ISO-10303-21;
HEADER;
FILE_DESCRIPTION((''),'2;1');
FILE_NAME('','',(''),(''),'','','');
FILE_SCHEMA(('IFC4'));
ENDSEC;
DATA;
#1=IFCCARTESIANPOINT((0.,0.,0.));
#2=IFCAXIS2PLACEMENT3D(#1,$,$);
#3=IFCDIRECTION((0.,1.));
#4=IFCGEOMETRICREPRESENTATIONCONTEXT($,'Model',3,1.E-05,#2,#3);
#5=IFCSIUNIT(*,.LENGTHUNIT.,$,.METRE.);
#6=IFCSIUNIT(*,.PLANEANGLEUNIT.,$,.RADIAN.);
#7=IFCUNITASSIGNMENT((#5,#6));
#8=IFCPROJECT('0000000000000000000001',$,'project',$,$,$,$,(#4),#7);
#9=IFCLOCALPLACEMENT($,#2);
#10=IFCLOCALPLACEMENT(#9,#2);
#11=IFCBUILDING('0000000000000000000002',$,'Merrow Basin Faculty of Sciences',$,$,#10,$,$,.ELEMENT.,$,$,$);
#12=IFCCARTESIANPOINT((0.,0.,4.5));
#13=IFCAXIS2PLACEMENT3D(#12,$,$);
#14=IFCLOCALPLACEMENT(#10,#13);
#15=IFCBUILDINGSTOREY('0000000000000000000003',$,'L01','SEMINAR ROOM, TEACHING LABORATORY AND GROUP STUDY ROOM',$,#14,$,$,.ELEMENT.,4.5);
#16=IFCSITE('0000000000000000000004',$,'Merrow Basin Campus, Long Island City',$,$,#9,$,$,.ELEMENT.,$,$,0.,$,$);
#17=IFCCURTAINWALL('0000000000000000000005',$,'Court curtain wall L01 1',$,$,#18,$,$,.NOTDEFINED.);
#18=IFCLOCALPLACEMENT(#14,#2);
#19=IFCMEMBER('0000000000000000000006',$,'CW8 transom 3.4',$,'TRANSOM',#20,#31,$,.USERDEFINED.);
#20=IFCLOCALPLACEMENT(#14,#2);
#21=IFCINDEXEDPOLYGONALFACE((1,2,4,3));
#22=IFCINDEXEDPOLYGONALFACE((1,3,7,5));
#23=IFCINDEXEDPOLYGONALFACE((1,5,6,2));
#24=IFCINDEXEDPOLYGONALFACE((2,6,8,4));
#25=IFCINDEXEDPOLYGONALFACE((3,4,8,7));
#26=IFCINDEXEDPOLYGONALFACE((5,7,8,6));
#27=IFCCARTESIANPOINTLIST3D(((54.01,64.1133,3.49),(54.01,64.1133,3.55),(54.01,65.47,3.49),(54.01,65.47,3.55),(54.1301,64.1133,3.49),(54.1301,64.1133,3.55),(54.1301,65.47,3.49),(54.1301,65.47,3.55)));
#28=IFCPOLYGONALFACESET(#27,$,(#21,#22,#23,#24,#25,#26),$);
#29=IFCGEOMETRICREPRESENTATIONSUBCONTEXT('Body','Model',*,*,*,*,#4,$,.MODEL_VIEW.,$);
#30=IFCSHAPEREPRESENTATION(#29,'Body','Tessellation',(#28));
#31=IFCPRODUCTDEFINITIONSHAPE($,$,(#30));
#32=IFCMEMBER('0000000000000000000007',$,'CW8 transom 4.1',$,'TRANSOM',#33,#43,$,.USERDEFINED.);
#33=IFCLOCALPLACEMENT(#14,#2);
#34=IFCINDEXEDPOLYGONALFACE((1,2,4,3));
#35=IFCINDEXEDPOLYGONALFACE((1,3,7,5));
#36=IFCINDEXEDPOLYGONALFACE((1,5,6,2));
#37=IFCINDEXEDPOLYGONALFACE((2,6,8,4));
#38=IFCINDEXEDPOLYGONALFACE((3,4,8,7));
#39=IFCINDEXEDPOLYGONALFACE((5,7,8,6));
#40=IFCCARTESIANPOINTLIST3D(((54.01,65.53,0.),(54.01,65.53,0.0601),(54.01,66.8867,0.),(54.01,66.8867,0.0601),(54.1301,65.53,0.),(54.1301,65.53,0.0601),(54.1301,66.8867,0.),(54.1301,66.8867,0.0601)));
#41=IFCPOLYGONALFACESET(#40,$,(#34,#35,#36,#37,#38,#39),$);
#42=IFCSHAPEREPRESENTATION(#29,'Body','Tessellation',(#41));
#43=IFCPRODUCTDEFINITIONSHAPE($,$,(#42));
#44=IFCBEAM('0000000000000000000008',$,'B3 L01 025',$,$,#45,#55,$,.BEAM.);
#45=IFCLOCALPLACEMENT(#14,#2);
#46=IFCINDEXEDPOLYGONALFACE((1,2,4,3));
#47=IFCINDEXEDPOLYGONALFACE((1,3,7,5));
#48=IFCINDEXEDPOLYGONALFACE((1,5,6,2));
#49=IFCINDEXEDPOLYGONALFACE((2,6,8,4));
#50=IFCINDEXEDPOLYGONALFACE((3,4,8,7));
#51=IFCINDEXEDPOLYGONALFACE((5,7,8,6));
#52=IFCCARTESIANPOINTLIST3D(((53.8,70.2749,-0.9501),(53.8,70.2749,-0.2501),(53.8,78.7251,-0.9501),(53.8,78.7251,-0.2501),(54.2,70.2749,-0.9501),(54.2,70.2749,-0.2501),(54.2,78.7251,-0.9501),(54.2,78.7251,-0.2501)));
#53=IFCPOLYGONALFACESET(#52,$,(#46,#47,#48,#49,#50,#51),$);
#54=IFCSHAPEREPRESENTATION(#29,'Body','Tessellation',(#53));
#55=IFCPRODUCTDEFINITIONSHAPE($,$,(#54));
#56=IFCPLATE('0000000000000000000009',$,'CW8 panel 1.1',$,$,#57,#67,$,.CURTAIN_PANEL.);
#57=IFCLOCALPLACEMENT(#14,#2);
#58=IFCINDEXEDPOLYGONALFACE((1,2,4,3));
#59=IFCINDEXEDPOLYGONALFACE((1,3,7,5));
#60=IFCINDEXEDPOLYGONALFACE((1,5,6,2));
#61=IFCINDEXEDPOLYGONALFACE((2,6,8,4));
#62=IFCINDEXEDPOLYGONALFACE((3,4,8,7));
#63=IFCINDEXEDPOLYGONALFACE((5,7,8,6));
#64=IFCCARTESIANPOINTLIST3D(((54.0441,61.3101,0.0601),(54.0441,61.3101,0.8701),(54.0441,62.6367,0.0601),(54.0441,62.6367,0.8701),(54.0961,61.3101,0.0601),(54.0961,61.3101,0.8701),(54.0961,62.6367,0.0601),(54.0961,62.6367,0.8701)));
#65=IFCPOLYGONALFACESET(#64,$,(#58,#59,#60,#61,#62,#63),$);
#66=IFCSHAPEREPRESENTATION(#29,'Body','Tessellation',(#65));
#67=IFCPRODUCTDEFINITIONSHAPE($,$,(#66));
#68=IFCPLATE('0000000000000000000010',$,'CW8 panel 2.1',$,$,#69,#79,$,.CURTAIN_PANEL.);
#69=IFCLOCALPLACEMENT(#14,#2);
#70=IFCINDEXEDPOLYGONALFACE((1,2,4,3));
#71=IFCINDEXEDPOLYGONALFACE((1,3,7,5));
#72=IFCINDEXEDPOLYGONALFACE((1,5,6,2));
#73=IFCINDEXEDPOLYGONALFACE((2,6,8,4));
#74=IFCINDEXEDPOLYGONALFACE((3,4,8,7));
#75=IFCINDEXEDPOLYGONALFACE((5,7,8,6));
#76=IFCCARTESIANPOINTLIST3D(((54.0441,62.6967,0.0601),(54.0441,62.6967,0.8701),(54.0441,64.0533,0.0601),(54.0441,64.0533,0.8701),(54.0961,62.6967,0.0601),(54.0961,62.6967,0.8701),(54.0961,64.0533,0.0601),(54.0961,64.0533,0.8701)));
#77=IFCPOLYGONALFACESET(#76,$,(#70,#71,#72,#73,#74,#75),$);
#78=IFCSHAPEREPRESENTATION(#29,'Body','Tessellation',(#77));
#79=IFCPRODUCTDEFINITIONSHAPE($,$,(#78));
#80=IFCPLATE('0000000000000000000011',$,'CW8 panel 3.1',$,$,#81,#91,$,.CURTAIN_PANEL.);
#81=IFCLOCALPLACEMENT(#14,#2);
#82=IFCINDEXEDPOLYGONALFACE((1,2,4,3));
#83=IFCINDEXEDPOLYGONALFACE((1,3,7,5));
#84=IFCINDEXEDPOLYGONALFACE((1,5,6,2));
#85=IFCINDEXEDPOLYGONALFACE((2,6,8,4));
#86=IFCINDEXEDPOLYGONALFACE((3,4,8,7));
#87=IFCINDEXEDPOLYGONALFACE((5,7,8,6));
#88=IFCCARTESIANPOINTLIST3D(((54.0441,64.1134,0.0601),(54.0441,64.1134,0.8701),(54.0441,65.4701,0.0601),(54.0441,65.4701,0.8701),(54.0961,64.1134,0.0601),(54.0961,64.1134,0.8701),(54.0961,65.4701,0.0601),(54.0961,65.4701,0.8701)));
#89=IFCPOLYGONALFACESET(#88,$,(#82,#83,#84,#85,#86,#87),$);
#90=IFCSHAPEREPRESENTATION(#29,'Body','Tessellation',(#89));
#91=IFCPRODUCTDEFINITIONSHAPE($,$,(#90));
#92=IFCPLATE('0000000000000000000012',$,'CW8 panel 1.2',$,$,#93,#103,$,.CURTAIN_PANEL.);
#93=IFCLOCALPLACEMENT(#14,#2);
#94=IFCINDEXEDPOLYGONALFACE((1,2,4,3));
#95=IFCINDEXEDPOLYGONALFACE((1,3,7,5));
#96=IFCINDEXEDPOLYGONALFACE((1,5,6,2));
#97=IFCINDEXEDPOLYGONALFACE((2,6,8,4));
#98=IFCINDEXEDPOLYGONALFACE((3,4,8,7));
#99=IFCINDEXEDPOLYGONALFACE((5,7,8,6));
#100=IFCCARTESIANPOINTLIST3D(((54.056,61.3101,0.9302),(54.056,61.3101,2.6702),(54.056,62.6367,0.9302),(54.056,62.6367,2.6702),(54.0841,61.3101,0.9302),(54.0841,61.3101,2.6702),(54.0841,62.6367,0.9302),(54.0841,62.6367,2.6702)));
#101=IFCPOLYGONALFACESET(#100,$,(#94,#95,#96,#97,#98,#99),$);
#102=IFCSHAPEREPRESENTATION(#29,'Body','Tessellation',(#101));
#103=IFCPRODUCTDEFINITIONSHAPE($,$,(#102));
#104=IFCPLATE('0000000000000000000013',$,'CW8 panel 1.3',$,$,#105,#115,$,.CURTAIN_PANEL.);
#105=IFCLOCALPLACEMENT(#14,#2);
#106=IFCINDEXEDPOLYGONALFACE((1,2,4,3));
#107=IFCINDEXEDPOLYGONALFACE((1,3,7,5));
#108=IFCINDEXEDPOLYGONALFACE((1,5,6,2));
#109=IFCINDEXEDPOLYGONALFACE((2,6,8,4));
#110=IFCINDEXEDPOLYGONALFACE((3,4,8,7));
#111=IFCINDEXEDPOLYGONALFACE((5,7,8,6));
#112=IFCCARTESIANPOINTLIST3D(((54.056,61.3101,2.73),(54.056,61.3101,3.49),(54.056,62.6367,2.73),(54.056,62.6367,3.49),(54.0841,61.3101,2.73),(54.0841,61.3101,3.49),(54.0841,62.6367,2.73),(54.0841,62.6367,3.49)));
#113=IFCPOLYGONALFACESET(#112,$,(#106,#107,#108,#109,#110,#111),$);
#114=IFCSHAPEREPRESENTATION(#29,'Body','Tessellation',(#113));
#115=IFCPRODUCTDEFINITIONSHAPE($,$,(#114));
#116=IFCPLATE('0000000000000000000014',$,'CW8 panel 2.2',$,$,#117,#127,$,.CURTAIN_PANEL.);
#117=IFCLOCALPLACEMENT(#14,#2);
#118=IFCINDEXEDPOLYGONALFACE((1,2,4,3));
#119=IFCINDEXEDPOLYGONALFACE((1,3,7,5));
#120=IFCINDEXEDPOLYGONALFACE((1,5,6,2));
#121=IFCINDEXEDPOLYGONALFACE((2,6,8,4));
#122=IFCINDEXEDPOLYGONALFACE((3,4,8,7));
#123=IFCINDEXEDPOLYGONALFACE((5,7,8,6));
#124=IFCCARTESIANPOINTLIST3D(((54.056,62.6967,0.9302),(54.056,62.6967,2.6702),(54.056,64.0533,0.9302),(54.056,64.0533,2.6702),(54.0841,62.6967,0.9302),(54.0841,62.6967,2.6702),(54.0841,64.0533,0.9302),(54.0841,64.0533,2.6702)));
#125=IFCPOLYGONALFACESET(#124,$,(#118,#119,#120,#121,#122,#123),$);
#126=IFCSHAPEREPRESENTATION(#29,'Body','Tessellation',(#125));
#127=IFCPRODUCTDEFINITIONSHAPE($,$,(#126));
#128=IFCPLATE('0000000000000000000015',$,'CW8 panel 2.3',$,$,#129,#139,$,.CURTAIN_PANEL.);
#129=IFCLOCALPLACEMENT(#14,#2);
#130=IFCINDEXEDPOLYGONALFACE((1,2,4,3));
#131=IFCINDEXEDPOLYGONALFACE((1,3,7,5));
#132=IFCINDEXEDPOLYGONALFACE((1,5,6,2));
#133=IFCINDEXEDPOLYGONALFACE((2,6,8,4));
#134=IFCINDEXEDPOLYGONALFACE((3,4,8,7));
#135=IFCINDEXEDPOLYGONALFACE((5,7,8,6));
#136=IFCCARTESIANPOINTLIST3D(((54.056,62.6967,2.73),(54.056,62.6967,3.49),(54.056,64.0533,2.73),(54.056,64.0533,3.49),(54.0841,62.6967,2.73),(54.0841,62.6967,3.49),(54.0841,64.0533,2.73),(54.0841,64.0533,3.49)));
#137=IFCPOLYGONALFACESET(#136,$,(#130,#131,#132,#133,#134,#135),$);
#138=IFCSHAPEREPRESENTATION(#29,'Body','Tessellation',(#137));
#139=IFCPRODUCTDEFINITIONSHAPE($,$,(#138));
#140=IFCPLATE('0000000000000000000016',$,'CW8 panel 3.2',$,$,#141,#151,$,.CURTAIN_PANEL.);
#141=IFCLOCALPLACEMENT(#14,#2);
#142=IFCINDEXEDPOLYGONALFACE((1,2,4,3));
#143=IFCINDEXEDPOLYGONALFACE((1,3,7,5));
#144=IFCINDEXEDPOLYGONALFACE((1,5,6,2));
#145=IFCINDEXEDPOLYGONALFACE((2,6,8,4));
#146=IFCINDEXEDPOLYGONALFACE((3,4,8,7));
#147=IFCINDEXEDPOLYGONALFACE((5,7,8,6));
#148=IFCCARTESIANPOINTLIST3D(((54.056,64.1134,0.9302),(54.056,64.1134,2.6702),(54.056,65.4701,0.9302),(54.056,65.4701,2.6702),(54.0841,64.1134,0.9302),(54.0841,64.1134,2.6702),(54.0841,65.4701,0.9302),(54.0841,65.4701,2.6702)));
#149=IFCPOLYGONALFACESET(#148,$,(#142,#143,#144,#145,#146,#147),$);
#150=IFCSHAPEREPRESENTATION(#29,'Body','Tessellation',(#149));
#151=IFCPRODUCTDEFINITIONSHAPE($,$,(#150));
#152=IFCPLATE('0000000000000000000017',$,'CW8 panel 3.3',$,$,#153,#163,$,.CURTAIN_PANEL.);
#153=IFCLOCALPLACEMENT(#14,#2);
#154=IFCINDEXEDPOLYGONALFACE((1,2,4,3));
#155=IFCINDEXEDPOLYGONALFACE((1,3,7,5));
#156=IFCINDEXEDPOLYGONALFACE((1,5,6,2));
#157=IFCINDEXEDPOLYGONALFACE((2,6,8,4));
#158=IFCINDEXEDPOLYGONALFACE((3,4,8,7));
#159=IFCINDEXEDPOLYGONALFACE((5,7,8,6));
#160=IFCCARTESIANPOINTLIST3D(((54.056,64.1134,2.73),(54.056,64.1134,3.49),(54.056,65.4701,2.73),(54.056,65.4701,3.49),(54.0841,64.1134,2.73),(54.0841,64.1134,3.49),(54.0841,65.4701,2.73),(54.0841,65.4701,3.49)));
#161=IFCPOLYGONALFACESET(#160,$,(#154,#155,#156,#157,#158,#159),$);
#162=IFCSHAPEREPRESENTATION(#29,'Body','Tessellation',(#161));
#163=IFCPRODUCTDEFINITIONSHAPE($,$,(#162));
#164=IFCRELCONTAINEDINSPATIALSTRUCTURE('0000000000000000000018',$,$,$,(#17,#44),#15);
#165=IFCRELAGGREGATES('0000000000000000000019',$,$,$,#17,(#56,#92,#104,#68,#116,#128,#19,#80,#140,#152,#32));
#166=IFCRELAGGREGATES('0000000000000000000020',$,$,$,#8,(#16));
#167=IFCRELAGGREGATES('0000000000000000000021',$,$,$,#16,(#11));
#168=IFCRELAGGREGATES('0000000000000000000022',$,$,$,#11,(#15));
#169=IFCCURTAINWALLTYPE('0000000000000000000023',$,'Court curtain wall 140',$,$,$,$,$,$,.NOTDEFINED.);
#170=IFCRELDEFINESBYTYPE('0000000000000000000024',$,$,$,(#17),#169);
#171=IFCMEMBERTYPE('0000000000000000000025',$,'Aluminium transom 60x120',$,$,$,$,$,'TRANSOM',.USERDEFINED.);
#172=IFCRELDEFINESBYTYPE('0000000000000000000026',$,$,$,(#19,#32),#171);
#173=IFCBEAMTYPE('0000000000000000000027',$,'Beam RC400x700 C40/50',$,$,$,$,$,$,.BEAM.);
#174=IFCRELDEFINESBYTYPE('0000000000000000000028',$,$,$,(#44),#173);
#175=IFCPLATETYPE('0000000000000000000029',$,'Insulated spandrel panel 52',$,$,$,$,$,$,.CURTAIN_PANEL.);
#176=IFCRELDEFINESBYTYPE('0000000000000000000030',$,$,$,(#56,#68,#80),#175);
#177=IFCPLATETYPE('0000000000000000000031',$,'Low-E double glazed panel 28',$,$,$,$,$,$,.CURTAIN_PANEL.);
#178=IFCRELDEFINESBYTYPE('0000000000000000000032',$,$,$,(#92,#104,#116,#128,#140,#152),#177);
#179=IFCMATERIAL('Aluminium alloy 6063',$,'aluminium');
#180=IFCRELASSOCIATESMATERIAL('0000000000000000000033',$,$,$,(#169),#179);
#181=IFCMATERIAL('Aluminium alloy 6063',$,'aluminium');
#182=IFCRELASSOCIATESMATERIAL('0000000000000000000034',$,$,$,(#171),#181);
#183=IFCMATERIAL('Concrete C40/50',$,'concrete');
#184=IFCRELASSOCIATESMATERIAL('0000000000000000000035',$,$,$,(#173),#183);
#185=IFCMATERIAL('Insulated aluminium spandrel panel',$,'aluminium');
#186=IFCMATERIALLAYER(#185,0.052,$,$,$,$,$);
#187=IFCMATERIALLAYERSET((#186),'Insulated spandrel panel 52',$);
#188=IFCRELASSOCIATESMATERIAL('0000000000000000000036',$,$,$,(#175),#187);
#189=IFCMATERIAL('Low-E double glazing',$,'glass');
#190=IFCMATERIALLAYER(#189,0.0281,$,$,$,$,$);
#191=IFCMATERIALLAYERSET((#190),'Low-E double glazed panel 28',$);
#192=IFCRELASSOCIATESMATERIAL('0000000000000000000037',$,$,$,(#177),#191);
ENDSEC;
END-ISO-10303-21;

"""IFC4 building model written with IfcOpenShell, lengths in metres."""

from ifc_helpers import new_model, si_unit, direction, frame, origin, origin_2d, place, context, subcontext, project, spatial, rectangle, extrude, material, layer, layer_set, material_profile, profile_set, type_object, element, aggregate, save


model = new_model("IFC4")

# Units and contexts
model_context = context("Model", 3, precision=1e-05, world=origin(), true_north=direction((0.0, 1.0)))
body_context = subcontext(model_context, "Body", "Model", "MODEL_VIEW")
ifc_project = project(units=[si_unit("LENGTHUNIT", "METRE"), si_unit("PLANEANGLEUNIT", "RADIAN")], contexts=[model_context])

# Site, building, storey
site_placement = place(None, origin())
site = spatial("IfcSite", under=ifc_project, at=site_placement, Name="Merrow Basin Campus, Long Island City", CompositionType="ELEMENT", RefElevation=0.0)
building_placement = place(site_placement, origin())
building = spatial("IfcBuilding", under=site, at=building_placement, Name="Merrow Basin Faculty of Sciences", CompositionType="ELEMENT")
storey_placement = place(building_placement, frame((0.0, 0.0, 4.5)))
storey = spatial("IfcBuildingStorey", under=building, at=storey_placement, Name="L01", Description="SEMINAR ROOM, TEACHING LABORATORY AND GROUP STUDY ROOM", CompositionType="ELEMENT", Elevation=4.5)

# Curtain wall, members
ifc_material_1 = material(Name="Aluminium alloy 6063", Category="aluminium")
curtain_wall_type = type_object("IfcCurtainWallType", Name="Court curtain wall 140", PredefinedType="NOTDEFINED", material=ifc_material_1)
curtain_wall_placement = place(storey_placement, origin())
curtain_wall = element("IfcCurtainWall", 1, at=curtain_wall_placement, inside=storey, type_object=curtain_wall_type, Name="Court curtain wall L01 1", PredefinedType="NOTDEFINED")
ifc_material_2 = material(Name="Aluminium alloy 6063", Category="aluminium")
ifc_material_profile_1 = material_profile(ifc_material_2, rectangle(XDim=0.1201, YDim=0.0601, at=origin_2d()))
ifc_profile_set_1 = profile_set([ifc_material_profile_1], Name="Aluminium alloy 6063")
member_type_1 = type_object("IfcMemberType", Name="Aluminium transom 60x120", ElementType="TRANSOM", PredefinedType="USERDEFINED", material=ifc_profile_set_1)
member_1_placement = place(storey_placement, frame((54.0701, 64.1133, 3.52), z_axis=(0.0, 1.0, 0.0), x_axis=(-1.0, 0.0, 0.0)))
member_1 = element("IfcMember", 2, at=member_1_placement, type_object=member_type_1, Name="CW8 transom 3.4", ObjectType="TRANSOM", PredefinedType="USERDEFINED", context=body_context, shape_type="SweptSolid", body=[
    extrude(rectangle(XDim=0.1201, YDim=0.0601, at=origin_2d()), origin(), (0.0, 0.0, 1.0), 1.3567),
])
member_2_placement = place(storey_placement, frame((54.0701, 65.53, 0.03), z_axis=(0.0, 1.0, 0.0), x_axis=(-1.0, 0.0, 0.0)))
member_2 = element("IfcMember", 3, at=member_2_placement, type_object=member_type_1, Name="CW8 transom 4.1", ObjectType="TRANSOM", PredefinedType="USERDEFINED", context=body_context, shape_type="SweptSolid", body=[
    extrude(rectangle(XDim=0.1201, YDim=0.0601, at=origin_2d()), origin(), (0.0, 0.0, 1.0), 1.3567),
])

# Beam
ifc_material_3 = material(Name="Concrete C40/50", Category="concrete")
ifc_material_profile_2 = material_profile(ifc_material_3, rectangle(XDim=0.3999, YDim=0.7, at=origin_2d()))
ifc_profile_set_2 = profile_set([ifc_material_profile_2], Name="Concrete C40/50")
beam_type = type_object("IfcBeamType", Name="Beam RC400x700 C40/50", PredefinedType="BEAM", material=ifc_profile_set_2)
beam_placement = place(storey_placement, frame((54.0, 70.2749, -0.6001), z_axis=(0.0, 1.0, 0.0), x_axis=(-1.0, 0.0, 0.0)))
element("IfcBeam", 4, at=beam_placement, inside=storey, type_object=beam_type, Name="B3 L01 025", PredefinedType="BEAM", context=body_context, shape_type="SweptSolid", body=[
    extrude(rectangle(XDim=0.3999, YDim=0.7, at=origin_2d()), origin(), (0.0, 0.0, 1.0), 8.4502),
])

# Plates
ifc_material_4 = material(Name="Insulated aluminium spandrel panel", Category="aluminium")
ifc_layer_1 = layer(ifc_material_4, 0.052)
ifc_layer_set_1 = layer_set([ifc_layer_1], Name="Insulated spandrel panel 52")
plate_type_1 = type_object("IfcPlateType", Name="Insulated spandrel panel 52", PredefinedType="CURTAIN_PANEL", material=ifc_layer_set_1)
plate_1_placement = place(storey_placement, frame((54.0701, 61.9734, 0.0601), z_axis=(0.0, 0.0, 1.0), x_axis=(0.0, 1.0, 0.0)))
plate_1 = element("IfcPlate", 5, at=plate_1_placement, type_object=plate_type_1, Name="CW8 panel 1.1", PredefinedType="CURTAIN_PANEL", context=body_context, shape_type="SweptSolid", body=[
    extrude(rectangle(XDim=1.3267, YDim=0.052, at=origin_2d()), origin(), (0.0, 0.0, 1.0), 0.8101),
])
plate_2_placement = place(storey_placement, frame((54.0701, 63.375, 0.0601), z_axis=(0.0, 0.0, 1.0), x_axis=(0.0, 1.0, 0.0)))
plate_2 = element("IfcPlate", 6, at=plate_2_placement, type_object=plate_type_1, Name="CW8 panel 2.1", PredefinedType="CURTAIN_PANEL", context=body_context, shape_type="SweptSolid", body=[
    extrude(rectangle(XDim=1.3567, YDim=0.052, at=origin_2d()), origin(), (0.0, 0.0, 1.0), 0.8101),
])
plate_3_placement = place(storey_placement, frame((54.0701, 64.7917, 0.0601), z_axis=(0.0, 0.0, 1.0), x_axis=(0.0, 1.0, 0.0)))
plate_3 = element("IfcPlate", 7, at=plate_3_placement, type_object=plate_type_1, Name="CW8 panel 3.1", PredefinedType="CURTAIN_PANEL", context=body_context, shape_type="SweptSolid", body=[
    extrude(rectangle(XDim=1.3567, YDim=0.052, at=origin_2d()), origin(), (0.0, 0.0, 1.0), 0.8101),
])
ifc_material_5 = material(Name="Low-E double glazing", Category="glass")
ifc_layer_2 = layer(ifc_material_5, 0.0281)
ifc_layer_set_2 = layer_set([ifc_layer_2], Name="Low-E double glazed panel 28")
plate_type_2 = type_object("IfcPlateType", Name="Low-E double glazed panel 28", PredefinedType="CURTAIN_PANEL", material=ifc_layer_set_2)
plate_4_placement = place(storey_placement, frame((54.0701, 61.9734, 0.9302), z_axis=(0.0, 0.0, 1.0), x_axis=(0.0, 1.0, 0.0)))
plate_4 = element("IfcPlate", 8, at=plate_4_placement, type_object=plate_type_2, Name="CW8 panel 1.2", PredefinedType="CURTAIN_PANEL", context=body_context, shape_type="SweptSolid", body=[
    extrude(rectangle(XDim=1.3267, YDim=0.0281, at=origin_2d()), origin(), (0.0, 0.0, 1.0), 1.74),
])
plate_5_placement = place(storey_placement, frame((54.0701, 61.9734, 2.73), z_axis=(0.0, 0.0, 1.0), x_axis=(0.0, 1.0, 0.0)))
plate_5 = element("IfcPlate", 9, at=plate_5_placement, type_object=plate_type_2, Name="CW8 panel 1.3", PredefinedType="CURTAIN_PANEL", context=body_context, shape_type="SweptSolid", body=[
    extrude(rectangle(XDim=1.3267, YDim=0.0281, at=origin_2d()), origin(), (0.0, 0.0, 1.0), 0.76),
])
plate_6_placement = place(storey_placement, frame((54.0701, 63.375, 0.9302), z_axis=(0.0, 0.0, 1.0), x_axis=(0.0, 1.0, 0.0)))
plate_6 = element("IfcPlate", 10, at=plate_6_placement, type_object=plate_type_2, Name="CW8 panel 2.2", PredefinedType="CURTAIN_PANEL", context=body_context, shape_type="SweptSolid", body=[
    extrude(rectangle(XDim=1.3567, YDim=0.0281, at=origin_2d()), origin(), (0.0, 0.0, 1.0), 1.74),
])
plate_7_placement = place(storey_placement, frame((54.0701, 63.375, 2.73), z_axis=(0.0, 0.0, 1.0), x_axis=(0.0, 1.0, 0.0)))
plate_7 = element("IfcPlate", 11, at=plate_7_placement, type_object=plate_type_2, Name="CW8 panel 2.3", PredefinedType="CURTAIN_PANEL", context=body_context, shape_type="SweptSolid", body=[
    extrude(rectangle(XDim=1.3567, YDim=0.0281, at=origin_2d()), origin(), (0.0, 0.0, 1.0), 0.76),
])
plate_8_placement = place(storey_placement, frame((54.0701, 64.7917, 0.9302), z_axis=(0.0, 0.0, 1.0), x_axis=(0.0, 1.0, 0.0)))
plate_8 = element("IfcPlate", 12, at=plate_8_placement, type_object=plate_type_2, Name="CW8 panel 3.2", PredefinedType="CURTAIN_PANEL", context=body_context, shape_type="SweptSolid", body=[
    extrude(rectangle(XDim=1.3567, YDim=0.0281, at=origin_2d()), origin(), (0.0, 0.0, 1.0), 1.74),
])
plate_9_placement = place(storey_placement, frame((54.0701, 64.7917, 2.73), z_axis=(0.0, 0.0, 1.0), x_axis=(0.0, 1.0, 0.0)))
plate_9 = element("IfcPlate", 13, at=plate_9_placement, type_object=plate_type_2, Name="CW8 panel 3.3", PredefinedType="CURTAIN_PANEL", context=body_context, shape_type="SweptSolid", body=[
    extrude(rectangle(XDim=1.3567, YDim=0.0281, at=origin_2d()), origin(), (0.0, 0.0, 1.0), 0.76),
])
aggregate(curtain_wall, [plate_1, plate_4, plate_5, plate_2, plate_6, plate_7, member_1, plate_3, plate_8, plate_9, member_2])

save(model, "model.ifc")
